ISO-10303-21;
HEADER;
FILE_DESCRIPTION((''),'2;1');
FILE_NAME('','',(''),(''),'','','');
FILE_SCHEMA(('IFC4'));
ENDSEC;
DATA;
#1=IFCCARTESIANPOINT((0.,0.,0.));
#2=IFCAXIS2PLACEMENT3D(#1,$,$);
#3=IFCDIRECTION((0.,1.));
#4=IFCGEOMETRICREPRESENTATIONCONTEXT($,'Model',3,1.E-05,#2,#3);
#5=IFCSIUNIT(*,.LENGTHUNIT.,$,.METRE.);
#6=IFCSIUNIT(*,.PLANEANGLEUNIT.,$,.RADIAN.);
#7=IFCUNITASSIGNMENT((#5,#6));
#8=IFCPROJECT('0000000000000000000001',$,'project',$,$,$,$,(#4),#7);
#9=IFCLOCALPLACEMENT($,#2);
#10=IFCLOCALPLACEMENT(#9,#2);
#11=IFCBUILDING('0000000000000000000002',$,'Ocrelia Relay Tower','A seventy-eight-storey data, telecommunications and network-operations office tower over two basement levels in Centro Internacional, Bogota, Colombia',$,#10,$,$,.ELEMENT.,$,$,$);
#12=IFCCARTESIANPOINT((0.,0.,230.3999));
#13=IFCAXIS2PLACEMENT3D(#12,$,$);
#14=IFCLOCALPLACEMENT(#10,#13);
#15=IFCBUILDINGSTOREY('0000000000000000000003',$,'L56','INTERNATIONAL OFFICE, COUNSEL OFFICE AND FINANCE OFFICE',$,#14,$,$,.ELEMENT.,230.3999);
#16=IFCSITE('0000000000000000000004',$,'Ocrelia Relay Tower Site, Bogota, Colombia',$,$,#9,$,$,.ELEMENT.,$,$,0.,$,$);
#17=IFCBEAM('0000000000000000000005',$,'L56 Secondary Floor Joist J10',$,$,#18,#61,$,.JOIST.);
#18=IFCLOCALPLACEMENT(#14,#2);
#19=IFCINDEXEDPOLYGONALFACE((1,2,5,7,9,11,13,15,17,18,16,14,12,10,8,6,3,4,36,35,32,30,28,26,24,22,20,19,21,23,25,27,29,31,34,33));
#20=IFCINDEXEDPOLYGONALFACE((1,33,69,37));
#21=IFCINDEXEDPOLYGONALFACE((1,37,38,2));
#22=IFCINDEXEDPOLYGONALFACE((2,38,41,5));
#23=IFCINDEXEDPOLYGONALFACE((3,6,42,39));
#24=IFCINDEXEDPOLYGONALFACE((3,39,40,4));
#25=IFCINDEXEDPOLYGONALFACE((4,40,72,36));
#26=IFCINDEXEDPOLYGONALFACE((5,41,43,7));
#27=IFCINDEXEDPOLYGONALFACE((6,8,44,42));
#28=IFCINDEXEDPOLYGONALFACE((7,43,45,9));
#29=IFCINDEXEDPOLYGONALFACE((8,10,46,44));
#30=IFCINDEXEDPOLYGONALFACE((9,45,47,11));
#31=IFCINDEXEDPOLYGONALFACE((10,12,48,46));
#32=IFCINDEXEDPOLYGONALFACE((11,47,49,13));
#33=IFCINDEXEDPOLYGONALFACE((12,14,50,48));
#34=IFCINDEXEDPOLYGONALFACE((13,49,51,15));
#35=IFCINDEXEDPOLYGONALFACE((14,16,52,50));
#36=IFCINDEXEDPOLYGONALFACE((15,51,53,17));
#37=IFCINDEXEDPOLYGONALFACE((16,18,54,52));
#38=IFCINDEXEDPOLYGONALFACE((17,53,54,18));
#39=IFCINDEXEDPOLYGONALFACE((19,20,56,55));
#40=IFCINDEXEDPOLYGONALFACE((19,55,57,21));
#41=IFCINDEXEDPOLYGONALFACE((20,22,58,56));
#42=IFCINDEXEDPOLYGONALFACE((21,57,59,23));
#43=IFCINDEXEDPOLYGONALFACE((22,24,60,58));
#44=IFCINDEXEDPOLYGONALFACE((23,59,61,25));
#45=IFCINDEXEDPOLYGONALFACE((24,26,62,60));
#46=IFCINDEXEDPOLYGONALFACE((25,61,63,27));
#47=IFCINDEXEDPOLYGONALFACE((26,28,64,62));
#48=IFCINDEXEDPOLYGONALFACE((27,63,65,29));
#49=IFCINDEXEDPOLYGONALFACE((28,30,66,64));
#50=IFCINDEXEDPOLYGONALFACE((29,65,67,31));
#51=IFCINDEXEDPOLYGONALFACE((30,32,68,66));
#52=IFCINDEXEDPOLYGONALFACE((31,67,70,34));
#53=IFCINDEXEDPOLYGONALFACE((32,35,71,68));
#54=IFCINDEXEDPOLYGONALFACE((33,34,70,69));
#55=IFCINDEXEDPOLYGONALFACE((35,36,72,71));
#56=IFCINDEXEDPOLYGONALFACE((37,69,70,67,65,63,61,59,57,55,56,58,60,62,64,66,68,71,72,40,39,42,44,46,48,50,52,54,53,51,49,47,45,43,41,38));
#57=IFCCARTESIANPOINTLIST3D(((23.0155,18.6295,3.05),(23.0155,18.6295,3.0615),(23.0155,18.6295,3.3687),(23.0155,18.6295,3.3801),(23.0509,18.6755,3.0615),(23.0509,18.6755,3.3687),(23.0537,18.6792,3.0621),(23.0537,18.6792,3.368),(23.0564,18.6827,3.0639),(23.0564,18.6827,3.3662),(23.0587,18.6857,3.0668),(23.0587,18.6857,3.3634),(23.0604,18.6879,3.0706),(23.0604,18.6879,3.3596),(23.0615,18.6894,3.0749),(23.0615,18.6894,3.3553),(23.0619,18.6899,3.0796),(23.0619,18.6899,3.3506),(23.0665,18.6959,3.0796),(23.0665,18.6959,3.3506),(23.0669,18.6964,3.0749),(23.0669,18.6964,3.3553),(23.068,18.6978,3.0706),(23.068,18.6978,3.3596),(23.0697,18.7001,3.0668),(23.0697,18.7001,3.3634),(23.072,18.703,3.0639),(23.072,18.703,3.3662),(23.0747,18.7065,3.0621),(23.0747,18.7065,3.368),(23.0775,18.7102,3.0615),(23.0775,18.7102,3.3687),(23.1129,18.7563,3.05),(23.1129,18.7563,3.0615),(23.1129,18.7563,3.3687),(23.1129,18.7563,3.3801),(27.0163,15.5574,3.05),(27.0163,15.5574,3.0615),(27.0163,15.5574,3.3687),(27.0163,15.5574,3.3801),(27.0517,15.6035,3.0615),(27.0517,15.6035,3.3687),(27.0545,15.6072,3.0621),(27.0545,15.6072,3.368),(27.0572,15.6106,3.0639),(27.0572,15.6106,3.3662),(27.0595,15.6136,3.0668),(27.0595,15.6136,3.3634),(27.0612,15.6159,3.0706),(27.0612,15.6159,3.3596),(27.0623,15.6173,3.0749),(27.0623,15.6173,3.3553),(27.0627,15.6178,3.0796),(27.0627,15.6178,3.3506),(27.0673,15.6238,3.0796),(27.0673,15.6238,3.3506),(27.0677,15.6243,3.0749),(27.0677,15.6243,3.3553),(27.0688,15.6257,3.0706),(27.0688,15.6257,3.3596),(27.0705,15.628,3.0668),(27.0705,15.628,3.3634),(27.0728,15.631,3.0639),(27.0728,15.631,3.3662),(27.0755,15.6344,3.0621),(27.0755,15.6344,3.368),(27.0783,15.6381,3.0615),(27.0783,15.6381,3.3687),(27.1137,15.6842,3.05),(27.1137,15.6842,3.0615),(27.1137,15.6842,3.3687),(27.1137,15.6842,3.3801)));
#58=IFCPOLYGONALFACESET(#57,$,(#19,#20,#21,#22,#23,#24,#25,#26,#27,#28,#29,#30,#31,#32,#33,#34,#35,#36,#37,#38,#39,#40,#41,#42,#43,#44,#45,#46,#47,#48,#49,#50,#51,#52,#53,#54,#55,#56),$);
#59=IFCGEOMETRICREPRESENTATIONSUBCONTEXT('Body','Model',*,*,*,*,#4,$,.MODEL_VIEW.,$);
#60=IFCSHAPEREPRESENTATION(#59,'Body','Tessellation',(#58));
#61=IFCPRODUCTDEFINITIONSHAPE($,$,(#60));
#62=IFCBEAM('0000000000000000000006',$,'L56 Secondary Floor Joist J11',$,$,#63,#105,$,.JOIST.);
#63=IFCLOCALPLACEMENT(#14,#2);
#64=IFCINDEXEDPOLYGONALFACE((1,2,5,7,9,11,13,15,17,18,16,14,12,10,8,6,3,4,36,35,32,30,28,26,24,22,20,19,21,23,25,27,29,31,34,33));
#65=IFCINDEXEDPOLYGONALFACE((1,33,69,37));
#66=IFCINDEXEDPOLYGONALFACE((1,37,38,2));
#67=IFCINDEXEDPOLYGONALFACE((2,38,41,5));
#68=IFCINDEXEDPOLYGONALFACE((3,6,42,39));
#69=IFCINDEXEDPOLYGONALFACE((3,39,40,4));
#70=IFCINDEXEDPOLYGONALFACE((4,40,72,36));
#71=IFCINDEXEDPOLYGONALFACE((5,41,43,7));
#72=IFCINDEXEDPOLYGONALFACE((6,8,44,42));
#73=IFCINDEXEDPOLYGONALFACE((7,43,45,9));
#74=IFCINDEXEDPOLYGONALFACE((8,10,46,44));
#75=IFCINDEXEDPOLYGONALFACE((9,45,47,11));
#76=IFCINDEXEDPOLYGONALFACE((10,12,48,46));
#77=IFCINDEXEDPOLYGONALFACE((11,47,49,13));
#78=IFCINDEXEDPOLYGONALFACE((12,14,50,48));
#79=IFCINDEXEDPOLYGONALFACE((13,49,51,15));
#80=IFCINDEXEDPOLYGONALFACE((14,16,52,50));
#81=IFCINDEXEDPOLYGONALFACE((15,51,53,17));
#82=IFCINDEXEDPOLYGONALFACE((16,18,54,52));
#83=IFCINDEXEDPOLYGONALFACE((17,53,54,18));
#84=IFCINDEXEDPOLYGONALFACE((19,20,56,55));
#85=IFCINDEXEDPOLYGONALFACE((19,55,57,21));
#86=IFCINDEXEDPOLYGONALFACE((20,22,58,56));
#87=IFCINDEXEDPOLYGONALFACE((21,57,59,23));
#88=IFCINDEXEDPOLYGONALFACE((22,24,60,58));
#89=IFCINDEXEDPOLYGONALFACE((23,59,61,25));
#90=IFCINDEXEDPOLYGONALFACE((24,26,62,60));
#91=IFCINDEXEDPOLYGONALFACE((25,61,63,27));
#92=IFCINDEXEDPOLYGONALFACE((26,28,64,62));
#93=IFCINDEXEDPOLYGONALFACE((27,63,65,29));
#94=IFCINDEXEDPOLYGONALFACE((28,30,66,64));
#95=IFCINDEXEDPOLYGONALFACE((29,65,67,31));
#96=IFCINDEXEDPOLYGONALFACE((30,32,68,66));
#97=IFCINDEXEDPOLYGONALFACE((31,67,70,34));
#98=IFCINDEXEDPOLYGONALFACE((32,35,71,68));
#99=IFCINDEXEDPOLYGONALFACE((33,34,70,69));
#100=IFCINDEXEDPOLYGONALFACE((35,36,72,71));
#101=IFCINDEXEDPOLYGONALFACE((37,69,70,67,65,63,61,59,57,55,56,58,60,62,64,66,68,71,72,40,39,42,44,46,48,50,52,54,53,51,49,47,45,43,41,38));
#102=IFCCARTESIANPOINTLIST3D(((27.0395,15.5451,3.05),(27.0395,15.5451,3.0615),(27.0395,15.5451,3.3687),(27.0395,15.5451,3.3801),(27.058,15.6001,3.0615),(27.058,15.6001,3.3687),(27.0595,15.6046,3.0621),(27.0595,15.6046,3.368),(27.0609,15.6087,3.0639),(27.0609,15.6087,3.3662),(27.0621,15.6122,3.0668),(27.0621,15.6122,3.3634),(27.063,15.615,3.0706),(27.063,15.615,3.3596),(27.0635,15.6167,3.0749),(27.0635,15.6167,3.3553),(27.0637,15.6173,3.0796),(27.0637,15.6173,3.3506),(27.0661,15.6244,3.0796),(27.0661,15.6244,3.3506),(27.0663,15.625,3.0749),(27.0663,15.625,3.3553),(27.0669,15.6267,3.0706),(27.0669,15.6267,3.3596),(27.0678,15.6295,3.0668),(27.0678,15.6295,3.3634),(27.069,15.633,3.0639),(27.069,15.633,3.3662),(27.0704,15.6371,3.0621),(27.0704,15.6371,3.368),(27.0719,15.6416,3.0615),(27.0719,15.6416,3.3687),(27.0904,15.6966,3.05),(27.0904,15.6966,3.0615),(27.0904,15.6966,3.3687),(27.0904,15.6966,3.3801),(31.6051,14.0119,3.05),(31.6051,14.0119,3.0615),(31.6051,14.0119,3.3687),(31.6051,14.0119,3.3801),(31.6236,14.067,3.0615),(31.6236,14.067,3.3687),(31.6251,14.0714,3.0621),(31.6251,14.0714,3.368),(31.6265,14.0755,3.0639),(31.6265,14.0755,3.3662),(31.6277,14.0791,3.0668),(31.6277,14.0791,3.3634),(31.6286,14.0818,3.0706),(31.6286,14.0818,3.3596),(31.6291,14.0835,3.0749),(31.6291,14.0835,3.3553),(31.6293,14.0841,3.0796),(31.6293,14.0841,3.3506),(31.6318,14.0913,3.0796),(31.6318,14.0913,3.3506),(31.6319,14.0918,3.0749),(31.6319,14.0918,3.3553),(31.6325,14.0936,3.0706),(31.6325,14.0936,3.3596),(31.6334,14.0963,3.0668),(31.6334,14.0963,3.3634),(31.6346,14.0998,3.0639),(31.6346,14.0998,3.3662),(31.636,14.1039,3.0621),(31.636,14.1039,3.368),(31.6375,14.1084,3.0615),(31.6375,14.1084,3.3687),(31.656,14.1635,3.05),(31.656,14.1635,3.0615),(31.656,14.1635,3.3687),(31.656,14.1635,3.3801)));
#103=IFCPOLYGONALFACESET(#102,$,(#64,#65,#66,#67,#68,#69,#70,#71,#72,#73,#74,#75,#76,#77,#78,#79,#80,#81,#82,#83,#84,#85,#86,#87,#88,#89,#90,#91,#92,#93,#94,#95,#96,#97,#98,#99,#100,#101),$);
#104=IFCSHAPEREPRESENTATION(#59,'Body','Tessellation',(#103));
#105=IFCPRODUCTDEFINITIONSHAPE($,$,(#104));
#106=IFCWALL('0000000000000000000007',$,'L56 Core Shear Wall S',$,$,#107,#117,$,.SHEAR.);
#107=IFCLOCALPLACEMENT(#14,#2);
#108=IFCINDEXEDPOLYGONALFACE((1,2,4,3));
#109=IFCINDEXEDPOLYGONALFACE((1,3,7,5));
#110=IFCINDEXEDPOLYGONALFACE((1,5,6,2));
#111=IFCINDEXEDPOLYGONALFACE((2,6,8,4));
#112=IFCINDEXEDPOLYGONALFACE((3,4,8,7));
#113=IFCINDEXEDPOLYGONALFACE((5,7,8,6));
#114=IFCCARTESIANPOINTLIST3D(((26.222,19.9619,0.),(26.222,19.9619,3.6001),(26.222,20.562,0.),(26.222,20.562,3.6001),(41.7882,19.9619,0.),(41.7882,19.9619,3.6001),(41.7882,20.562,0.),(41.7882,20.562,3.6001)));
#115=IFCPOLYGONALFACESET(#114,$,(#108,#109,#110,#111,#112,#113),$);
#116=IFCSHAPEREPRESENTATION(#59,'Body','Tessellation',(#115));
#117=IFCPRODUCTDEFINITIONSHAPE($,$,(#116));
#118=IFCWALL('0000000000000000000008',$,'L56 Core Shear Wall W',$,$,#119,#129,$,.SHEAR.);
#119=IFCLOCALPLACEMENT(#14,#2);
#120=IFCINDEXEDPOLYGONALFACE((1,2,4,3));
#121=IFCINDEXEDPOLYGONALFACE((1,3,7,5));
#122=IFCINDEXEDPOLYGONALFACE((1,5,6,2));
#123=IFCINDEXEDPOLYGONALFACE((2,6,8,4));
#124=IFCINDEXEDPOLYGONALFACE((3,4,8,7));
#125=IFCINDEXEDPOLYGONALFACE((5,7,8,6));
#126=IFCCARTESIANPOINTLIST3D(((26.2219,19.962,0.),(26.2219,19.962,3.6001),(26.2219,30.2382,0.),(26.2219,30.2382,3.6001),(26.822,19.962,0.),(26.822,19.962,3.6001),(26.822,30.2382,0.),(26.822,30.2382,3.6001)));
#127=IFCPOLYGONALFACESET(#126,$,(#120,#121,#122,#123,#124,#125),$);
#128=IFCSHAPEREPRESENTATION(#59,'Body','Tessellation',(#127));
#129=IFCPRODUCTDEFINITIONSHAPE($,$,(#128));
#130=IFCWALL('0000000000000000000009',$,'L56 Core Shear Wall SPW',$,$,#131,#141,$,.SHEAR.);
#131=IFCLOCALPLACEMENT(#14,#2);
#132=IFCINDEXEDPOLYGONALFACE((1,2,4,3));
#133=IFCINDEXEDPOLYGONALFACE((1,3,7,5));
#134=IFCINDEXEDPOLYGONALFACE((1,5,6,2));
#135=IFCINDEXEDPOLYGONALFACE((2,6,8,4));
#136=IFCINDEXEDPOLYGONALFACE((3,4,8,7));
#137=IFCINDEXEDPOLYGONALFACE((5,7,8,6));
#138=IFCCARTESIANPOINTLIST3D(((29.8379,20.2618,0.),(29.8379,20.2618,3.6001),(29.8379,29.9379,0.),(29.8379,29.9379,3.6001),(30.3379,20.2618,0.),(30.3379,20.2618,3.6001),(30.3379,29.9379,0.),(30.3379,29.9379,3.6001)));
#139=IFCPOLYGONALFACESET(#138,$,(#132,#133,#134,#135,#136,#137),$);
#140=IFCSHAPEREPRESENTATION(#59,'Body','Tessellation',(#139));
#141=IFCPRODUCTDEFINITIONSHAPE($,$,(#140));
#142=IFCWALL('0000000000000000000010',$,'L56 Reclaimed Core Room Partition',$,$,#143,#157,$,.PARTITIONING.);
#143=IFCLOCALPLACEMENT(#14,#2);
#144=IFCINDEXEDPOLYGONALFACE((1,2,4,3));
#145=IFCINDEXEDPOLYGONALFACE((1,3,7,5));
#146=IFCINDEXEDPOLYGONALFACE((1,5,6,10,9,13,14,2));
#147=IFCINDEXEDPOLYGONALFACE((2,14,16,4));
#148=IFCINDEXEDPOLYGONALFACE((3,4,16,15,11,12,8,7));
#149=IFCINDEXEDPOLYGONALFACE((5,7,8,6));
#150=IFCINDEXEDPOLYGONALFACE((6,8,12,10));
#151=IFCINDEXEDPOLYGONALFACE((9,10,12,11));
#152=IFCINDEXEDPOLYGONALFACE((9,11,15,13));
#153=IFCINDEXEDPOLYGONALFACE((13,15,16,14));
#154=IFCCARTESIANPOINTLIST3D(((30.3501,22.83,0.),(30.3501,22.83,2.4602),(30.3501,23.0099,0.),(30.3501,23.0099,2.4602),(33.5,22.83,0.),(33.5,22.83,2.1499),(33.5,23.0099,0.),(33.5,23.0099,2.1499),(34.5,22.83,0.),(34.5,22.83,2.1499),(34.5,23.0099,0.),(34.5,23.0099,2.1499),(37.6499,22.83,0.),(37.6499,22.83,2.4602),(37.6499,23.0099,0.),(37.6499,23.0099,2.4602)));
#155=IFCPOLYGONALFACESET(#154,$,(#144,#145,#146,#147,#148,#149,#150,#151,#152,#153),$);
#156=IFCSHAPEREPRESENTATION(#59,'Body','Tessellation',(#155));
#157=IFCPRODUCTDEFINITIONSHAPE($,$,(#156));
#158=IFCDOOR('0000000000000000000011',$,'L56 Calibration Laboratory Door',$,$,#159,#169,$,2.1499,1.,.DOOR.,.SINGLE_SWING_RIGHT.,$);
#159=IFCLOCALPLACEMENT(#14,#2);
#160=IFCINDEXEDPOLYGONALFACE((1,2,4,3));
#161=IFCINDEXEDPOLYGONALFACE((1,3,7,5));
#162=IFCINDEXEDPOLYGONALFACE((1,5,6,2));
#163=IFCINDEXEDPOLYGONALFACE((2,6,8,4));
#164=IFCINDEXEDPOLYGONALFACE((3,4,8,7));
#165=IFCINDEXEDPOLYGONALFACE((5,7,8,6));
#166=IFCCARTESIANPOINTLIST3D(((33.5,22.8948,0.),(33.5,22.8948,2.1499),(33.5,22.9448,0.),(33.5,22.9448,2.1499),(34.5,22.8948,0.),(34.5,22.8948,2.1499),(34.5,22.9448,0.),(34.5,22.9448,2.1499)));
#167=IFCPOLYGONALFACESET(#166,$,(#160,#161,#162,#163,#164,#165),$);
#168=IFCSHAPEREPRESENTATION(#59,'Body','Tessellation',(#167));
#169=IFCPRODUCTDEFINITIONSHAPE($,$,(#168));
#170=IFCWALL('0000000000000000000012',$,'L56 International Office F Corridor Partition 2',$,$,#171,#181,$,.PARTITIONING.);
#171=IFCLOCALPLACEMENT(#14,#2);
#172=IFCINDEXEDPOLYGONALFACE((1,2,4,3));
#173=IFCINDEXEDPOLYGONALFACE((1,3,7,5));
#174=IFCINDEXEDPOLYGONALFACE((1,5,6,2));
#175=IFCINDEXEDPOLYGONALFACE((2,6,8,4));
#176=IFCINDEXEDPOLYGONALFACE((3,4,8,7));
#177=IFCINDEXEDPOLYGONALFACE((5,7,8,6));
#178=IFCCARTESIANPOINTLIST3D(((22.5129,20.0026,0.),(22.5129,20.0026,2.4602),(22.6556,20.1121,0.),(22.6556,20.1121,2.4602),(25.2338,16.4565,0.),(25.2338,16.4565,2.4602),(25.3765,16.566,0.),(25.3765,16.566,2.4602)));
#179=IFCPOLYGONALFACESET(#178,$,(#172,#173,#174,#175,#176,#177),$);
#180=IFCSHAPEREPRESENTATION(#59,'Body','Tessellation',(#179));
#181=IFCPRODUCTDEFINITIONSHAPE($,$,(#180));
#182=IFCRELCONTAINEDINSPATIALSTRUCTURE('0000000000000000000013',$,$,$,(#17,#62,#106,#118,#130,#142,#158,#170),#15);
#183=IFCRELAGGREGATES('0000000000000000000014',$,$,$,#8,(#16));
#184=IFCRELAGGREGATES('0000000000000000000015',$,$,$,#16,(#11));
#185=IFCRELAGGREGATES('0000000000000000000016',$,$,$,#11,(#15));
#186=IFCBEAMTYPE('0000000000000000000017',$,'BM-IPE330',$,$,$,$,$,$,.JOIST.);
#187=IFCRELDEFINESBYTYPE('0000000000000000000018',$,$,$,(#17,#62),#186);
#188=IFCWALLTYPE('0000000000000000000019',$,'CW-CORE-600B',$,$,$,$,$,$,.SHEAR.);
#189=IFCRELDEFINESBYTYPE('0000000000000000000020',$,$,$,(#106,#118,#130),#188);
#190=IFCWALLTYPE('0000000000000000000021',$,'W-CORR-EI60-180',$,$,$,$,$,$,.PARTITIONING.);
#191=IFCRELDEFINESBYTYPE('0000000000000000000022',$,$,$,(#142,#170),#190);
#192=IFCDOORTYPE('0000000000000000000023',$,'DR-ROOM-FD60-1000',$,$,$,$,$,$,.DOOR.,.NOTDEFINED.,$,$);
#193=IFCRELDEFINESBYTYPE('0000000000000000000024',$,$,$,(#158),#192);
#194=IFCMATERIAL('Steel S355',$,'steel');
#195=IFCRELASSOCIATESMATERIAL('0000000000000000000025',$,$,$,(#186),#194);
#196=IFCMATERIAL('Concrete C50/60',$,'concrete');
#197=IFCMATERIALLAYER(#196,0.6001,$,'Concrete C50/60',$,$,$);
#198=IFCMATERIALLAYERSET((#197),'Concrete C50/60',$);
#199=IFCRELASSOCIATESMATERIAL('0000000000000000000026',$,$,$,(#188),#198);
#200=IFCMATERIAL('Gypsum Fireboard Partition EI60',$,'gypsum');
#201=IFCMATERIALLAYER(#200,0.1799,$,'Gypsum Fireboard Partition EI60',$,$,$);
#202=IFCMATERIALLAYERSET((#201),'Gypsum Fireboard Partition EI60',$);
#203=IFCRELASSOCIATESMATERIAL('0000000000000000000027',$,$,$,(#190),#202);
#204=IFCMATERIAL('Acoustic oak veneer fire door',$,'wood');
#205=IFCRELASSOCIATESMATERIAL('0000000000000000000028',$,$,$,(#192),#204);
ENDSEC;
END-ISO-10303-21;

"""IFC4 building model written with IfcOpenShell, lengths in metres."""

from ifc_helpers import new_model, si_unit, direction, frame, frame_2d, origin, origin_2d, place, context, subcontext, project, spatial, rectangle, i_section, extrude, material, layer, layer_set, material_profile, profile_set, type_object, element, fill, save


model = new_model("IFC4")

# Units and contexts
model_context = context("Model", 3, precision=1e-05, world=origin(), true_north=direction((0.0, 1.0)))
body_context = subcontext(model_context, "Body", "Model", "MODEL_VIEW")
ifc_project = project(units=[si_unit("LENGTHUNIT", "METRE"), si_unit("PLANEANGLEUNIT", "RADIAN")], contexts=[model_context])

# Site, building, storey
site_placement = place(None, origin())
site = spatial("IfcSite", under=ifc_project, at=site_placement, Name="Ocrelia Relay Tower Site, Bogota, Colombia", CompositionType="ELEMENT", RefElevation=0.0)
building_placement = place(site_placement, origin())
building = spatial("IfcBuilding", under=site, at=building_placement, Name="Ocrelia Relay Tower", Description="A seventy-eight-storey data, telecommunications and network-operations office tower over two basement levels in Centro Internacional, Bogota, Colombia", CompositionType="ELEMENT")
storey_placement = place(building_placement, frame((0.0, 0.0, 230.3999)))
storey = spatial("IfcBuildingStorey", under=building, at=storey_placement, Name="L56", Description="INTERNATIONAL OFFICE, COUNSEL OFFICE AND FINANCE OFFICE", CompositionType="ELEMENT", Elevation=230.3999)

# Shared definitions
ifc_material_1 = material(Name="Concrete C50/60", Category="concrete")

# Beams
ifc_material_2 = material(Name="Steel S355", Category="steel")
ifc_material_profile_1 = material_profile(ifc_material_2, i_section(OverallWidth=0.1599, OverallDepth=0.3301, WebThickness=0.0076, FlangeThickness=0.0115, FilletRadius=0.0181, at=origin_2d()), Name="IPE 330")
ifc_profile_set_1 = profile_set([ifc_material_profile_1], Name="Steel S355")
beam_type_1 = type_object("IfcBeamType", Name="BM-IPE330", PredefinedType="JOIST", material=ifc_profile_set_1)
beam_1_placement = place(storey_placement, frame((23.0642, 18.6929, 3.2151), z_axis=(0.793147, -0.60903, 0.0), x_axis=(0.60903, 0.793147, 0.0)))
element("IfcBeam", 1, at=beam_1_placement, inside=storey, type_object=beam_type_1, Name="L56 Secondary Floor Joist J10", PredefinedType="JOIST", context=body_context, shape_type="SweptSolid", body=[
    extrude(i_section(OverallWidth=0.1599, OverallDepth=0.3301, WebThickness=0.0076, FlangeThickness=0.0115, FilletRadius=0.0181, at=origin_2d()), origin(), (0.0, 0.0, 1.0), 5.0442),
])
beam_2_placement = place(storey_placement, frame((27.0649, 15.6208, 3.2151), z_axis=(0.947976, -0.318341, 0.0), x_axis=(0.318341, 0.947976, 0.0)))
element("IfcBeam", 2, at=beam_2_placement, inside=storey, type_object=beam_type_1, Name="L56 Secondary Floor Joist J11", PredefinedType="JOIST", context=body_context, shape_type="SweptSolid", body=[
    extrude(i_section(OverallWidth=0.1599, OverallDepth=0.3301, WebThickness=0.0076, FlangeThickness=0.0115, FilletRadius=0.0181, at=origin_2d()), origin(), (0.0, 0.0, 1.0), 4.8162),
])

# Walls
ifc_layer_1 = layer(ifc_material_1, 0.6001, Name="Concrete C50/60")
ifc_layer_set_1 = layer_set([ifc_layer_1], Name="Concrete C50/60")
wall_type_1 = type_object("IfcWallType", Name="CW-CORE-600B", PredefinedType="SHEAR", material=ifc_layer_set_1)
wall_1_placement = place(storey_placement, frame((26.2219, 20.262, 0.0), z_axis=(0.0, 0.0, 1.0), x_axis=(1.0, 0.0, 0.0)))
element("IfcWall", 3, at=wall_1_placement, inside=storey, type_object=wall_type_1, Name="L56 Core Shear Wall S", PredefinedType="SHEAR", context=body_context, shape_type="SweptSolid", body=[
    extrude(rectangle(XDim=15.5662, YDim=0.6001, at=frame_2d((7.7832, 0.0))), origin(), (0.0, 0.0, 1.0), 3.6001),
])
wall_2_placement = place(storey_placement, frame((26.522, 19.9619, 0.0), z_axis=(0.0, 0.0, 1.0), x_axis=(0.0, 1.0, 0.0)))
element("IfcWall", 4, at=wall_2_placement, inside=storey, type_object=wall_type_1, Name="L56 Core Shear Wall W", PredefinedType="SHEAR", context=body_context, shape_type="SweptSolid", body=[
    extrude(rectangle(XDim=10.2761, YDim=0.6001, at=frame_2d((5.1382, 0.0))), origin(), (0.0, 0.0, 1.0), 3.6001),
])
wall_3_placement = place(storey_placement, frame((30.0879, 20.262, 0.0), z_axis=(0.0, 0.0, 1.0), x_axis=(0.0, 1.0, 0.0)))
element("IfcWall", 5, at=wall_3_placement, inside=storey, type_object=wall_type_1, Name="L56 Core Shear Wall SPW", PredefinedType="SHEAR", context=body_context, shape_type="SweptSolid", body=[
    extrude(rectangle(XDim=9.676, YDim=0.5, at=frame_2d((4.8379, 0.0))), origin(), (0.0, 0.0, 1.0), 3.6001),
])

# Wall, opening, door
ifc_material_3 = material(Name="Gypsum Fireboard Partition EI60", Category="gypsum")
ifc_layer_2 = layer(ifc_material_3, 0.1799, Name="Gypsum Fireboard Partition EI60")
ifc_layer_set_2 = layer_set([ifc_layer_2], Name="Gypsum Fireboard Partition EI60")
wall_type_2 = type_object("IfcWallType", Name="W-CORR-EI60-180", PredefinedType="PARTITIONING", material=ifc_layer_set_2)
wall_4_placement = place(storey_placement, frame((30.3501, 22.9199, 0.0), z_axis=(0.0, 0.0, 1.0), x_axis=(1.0, 0.0, 0.0)))
wall_4 = element("IfcWall", 6, at=wall_4_placement, inside=storey, type_object=wall_type_2, Name="L56 Reclaimed Core Room Partition", PredefinedType="PARTITIONING", context=body_context, shape_type="SweptSolid", body=[
    extrude(rectangle(XDim=7.2998, YDim=0.1799, at=frame_2d((3.6499, 0.0))), origin(), (0.0, 0.0, 1.0), 2.4602),
])
opening_placement = place(wall_4_placement, frame((3.1499, 0.0, 0.0)))
opening = element("IfcOpeningElement", 7, at=opening_placement, cuts=wall_4, PredefinedType="OPENING", context=body_context, shape_type="SweptSolid", body=[
    extrude(rectangle(XDim=1.0, YDim=2.1499, at=frame_2d((0.5, 1.075))), frame((0.0, 0.1001, 0.0), z_axis=(0.0, -1.0, 0.0), x_axis=(1.0, 0.0, 0.0)), (0.0, 0.0, 1.0), 0.2),
])
ifc_material_4 = material(Name="Acoustic oak veneer fire door", Category="wood")
door_type = type_object("IfcDoorType", Name="DR-ROOM-FD60-1000", OperationType="NOTDEFINED", PredefinedType="DOOR", material=ifc_material_4)
door_placement = place(opening_placement, origin())
door = element("IfcDoor", 8, at=door_placement, inside=storey, type_object=door_type, Name="L56 Calibration Laboratory Door", OperationType="SINGLE_SWING_RIGHT", OverallHeight=2.1499, OverallWidth=1.0, PredefinedType="DOOR", context=body_context, shape_type="SweptSolid", body=[
    extrude(rectangle(XDim=1.0, YDim=2.1499, at=frame_2d((0.5, 1.075))), frame((0.0, 0.0249, 0.0), z_axis=(0.0, -1.0, 0.0), x_axis=(1.0, 0.0, 0.0)), (0.0, 0.0, 1.0), 0.05),
])
fill(opening, door)

# Wall
for number, where, z_axis, x_axis, name in (
    (9, (22.5842, 20.0574, 0.0), (0.0, 0.0, 1.0), (0.608747, -0.793365, 0.0), "L56 International Office F Corridor Partition 2"),
):
    element("IfcWall", number, at=place(storey_placement, frame(where, z_axis=z_axis, x_axis=x_axis)), inside=storey, type_object=wall_type_2, Name=name, PredefinedType="PARTITIONING", context=body_context, shape_type="SweptSolid", body=[
        extrude(rectangle(XDim=4.4697, YDim=0.1799, at=frame_2d((2.2349, 0.0))), origin(), (0.0, 0.0, 1.0), 2.4602),
    ])

save(model, "model.ifc")
